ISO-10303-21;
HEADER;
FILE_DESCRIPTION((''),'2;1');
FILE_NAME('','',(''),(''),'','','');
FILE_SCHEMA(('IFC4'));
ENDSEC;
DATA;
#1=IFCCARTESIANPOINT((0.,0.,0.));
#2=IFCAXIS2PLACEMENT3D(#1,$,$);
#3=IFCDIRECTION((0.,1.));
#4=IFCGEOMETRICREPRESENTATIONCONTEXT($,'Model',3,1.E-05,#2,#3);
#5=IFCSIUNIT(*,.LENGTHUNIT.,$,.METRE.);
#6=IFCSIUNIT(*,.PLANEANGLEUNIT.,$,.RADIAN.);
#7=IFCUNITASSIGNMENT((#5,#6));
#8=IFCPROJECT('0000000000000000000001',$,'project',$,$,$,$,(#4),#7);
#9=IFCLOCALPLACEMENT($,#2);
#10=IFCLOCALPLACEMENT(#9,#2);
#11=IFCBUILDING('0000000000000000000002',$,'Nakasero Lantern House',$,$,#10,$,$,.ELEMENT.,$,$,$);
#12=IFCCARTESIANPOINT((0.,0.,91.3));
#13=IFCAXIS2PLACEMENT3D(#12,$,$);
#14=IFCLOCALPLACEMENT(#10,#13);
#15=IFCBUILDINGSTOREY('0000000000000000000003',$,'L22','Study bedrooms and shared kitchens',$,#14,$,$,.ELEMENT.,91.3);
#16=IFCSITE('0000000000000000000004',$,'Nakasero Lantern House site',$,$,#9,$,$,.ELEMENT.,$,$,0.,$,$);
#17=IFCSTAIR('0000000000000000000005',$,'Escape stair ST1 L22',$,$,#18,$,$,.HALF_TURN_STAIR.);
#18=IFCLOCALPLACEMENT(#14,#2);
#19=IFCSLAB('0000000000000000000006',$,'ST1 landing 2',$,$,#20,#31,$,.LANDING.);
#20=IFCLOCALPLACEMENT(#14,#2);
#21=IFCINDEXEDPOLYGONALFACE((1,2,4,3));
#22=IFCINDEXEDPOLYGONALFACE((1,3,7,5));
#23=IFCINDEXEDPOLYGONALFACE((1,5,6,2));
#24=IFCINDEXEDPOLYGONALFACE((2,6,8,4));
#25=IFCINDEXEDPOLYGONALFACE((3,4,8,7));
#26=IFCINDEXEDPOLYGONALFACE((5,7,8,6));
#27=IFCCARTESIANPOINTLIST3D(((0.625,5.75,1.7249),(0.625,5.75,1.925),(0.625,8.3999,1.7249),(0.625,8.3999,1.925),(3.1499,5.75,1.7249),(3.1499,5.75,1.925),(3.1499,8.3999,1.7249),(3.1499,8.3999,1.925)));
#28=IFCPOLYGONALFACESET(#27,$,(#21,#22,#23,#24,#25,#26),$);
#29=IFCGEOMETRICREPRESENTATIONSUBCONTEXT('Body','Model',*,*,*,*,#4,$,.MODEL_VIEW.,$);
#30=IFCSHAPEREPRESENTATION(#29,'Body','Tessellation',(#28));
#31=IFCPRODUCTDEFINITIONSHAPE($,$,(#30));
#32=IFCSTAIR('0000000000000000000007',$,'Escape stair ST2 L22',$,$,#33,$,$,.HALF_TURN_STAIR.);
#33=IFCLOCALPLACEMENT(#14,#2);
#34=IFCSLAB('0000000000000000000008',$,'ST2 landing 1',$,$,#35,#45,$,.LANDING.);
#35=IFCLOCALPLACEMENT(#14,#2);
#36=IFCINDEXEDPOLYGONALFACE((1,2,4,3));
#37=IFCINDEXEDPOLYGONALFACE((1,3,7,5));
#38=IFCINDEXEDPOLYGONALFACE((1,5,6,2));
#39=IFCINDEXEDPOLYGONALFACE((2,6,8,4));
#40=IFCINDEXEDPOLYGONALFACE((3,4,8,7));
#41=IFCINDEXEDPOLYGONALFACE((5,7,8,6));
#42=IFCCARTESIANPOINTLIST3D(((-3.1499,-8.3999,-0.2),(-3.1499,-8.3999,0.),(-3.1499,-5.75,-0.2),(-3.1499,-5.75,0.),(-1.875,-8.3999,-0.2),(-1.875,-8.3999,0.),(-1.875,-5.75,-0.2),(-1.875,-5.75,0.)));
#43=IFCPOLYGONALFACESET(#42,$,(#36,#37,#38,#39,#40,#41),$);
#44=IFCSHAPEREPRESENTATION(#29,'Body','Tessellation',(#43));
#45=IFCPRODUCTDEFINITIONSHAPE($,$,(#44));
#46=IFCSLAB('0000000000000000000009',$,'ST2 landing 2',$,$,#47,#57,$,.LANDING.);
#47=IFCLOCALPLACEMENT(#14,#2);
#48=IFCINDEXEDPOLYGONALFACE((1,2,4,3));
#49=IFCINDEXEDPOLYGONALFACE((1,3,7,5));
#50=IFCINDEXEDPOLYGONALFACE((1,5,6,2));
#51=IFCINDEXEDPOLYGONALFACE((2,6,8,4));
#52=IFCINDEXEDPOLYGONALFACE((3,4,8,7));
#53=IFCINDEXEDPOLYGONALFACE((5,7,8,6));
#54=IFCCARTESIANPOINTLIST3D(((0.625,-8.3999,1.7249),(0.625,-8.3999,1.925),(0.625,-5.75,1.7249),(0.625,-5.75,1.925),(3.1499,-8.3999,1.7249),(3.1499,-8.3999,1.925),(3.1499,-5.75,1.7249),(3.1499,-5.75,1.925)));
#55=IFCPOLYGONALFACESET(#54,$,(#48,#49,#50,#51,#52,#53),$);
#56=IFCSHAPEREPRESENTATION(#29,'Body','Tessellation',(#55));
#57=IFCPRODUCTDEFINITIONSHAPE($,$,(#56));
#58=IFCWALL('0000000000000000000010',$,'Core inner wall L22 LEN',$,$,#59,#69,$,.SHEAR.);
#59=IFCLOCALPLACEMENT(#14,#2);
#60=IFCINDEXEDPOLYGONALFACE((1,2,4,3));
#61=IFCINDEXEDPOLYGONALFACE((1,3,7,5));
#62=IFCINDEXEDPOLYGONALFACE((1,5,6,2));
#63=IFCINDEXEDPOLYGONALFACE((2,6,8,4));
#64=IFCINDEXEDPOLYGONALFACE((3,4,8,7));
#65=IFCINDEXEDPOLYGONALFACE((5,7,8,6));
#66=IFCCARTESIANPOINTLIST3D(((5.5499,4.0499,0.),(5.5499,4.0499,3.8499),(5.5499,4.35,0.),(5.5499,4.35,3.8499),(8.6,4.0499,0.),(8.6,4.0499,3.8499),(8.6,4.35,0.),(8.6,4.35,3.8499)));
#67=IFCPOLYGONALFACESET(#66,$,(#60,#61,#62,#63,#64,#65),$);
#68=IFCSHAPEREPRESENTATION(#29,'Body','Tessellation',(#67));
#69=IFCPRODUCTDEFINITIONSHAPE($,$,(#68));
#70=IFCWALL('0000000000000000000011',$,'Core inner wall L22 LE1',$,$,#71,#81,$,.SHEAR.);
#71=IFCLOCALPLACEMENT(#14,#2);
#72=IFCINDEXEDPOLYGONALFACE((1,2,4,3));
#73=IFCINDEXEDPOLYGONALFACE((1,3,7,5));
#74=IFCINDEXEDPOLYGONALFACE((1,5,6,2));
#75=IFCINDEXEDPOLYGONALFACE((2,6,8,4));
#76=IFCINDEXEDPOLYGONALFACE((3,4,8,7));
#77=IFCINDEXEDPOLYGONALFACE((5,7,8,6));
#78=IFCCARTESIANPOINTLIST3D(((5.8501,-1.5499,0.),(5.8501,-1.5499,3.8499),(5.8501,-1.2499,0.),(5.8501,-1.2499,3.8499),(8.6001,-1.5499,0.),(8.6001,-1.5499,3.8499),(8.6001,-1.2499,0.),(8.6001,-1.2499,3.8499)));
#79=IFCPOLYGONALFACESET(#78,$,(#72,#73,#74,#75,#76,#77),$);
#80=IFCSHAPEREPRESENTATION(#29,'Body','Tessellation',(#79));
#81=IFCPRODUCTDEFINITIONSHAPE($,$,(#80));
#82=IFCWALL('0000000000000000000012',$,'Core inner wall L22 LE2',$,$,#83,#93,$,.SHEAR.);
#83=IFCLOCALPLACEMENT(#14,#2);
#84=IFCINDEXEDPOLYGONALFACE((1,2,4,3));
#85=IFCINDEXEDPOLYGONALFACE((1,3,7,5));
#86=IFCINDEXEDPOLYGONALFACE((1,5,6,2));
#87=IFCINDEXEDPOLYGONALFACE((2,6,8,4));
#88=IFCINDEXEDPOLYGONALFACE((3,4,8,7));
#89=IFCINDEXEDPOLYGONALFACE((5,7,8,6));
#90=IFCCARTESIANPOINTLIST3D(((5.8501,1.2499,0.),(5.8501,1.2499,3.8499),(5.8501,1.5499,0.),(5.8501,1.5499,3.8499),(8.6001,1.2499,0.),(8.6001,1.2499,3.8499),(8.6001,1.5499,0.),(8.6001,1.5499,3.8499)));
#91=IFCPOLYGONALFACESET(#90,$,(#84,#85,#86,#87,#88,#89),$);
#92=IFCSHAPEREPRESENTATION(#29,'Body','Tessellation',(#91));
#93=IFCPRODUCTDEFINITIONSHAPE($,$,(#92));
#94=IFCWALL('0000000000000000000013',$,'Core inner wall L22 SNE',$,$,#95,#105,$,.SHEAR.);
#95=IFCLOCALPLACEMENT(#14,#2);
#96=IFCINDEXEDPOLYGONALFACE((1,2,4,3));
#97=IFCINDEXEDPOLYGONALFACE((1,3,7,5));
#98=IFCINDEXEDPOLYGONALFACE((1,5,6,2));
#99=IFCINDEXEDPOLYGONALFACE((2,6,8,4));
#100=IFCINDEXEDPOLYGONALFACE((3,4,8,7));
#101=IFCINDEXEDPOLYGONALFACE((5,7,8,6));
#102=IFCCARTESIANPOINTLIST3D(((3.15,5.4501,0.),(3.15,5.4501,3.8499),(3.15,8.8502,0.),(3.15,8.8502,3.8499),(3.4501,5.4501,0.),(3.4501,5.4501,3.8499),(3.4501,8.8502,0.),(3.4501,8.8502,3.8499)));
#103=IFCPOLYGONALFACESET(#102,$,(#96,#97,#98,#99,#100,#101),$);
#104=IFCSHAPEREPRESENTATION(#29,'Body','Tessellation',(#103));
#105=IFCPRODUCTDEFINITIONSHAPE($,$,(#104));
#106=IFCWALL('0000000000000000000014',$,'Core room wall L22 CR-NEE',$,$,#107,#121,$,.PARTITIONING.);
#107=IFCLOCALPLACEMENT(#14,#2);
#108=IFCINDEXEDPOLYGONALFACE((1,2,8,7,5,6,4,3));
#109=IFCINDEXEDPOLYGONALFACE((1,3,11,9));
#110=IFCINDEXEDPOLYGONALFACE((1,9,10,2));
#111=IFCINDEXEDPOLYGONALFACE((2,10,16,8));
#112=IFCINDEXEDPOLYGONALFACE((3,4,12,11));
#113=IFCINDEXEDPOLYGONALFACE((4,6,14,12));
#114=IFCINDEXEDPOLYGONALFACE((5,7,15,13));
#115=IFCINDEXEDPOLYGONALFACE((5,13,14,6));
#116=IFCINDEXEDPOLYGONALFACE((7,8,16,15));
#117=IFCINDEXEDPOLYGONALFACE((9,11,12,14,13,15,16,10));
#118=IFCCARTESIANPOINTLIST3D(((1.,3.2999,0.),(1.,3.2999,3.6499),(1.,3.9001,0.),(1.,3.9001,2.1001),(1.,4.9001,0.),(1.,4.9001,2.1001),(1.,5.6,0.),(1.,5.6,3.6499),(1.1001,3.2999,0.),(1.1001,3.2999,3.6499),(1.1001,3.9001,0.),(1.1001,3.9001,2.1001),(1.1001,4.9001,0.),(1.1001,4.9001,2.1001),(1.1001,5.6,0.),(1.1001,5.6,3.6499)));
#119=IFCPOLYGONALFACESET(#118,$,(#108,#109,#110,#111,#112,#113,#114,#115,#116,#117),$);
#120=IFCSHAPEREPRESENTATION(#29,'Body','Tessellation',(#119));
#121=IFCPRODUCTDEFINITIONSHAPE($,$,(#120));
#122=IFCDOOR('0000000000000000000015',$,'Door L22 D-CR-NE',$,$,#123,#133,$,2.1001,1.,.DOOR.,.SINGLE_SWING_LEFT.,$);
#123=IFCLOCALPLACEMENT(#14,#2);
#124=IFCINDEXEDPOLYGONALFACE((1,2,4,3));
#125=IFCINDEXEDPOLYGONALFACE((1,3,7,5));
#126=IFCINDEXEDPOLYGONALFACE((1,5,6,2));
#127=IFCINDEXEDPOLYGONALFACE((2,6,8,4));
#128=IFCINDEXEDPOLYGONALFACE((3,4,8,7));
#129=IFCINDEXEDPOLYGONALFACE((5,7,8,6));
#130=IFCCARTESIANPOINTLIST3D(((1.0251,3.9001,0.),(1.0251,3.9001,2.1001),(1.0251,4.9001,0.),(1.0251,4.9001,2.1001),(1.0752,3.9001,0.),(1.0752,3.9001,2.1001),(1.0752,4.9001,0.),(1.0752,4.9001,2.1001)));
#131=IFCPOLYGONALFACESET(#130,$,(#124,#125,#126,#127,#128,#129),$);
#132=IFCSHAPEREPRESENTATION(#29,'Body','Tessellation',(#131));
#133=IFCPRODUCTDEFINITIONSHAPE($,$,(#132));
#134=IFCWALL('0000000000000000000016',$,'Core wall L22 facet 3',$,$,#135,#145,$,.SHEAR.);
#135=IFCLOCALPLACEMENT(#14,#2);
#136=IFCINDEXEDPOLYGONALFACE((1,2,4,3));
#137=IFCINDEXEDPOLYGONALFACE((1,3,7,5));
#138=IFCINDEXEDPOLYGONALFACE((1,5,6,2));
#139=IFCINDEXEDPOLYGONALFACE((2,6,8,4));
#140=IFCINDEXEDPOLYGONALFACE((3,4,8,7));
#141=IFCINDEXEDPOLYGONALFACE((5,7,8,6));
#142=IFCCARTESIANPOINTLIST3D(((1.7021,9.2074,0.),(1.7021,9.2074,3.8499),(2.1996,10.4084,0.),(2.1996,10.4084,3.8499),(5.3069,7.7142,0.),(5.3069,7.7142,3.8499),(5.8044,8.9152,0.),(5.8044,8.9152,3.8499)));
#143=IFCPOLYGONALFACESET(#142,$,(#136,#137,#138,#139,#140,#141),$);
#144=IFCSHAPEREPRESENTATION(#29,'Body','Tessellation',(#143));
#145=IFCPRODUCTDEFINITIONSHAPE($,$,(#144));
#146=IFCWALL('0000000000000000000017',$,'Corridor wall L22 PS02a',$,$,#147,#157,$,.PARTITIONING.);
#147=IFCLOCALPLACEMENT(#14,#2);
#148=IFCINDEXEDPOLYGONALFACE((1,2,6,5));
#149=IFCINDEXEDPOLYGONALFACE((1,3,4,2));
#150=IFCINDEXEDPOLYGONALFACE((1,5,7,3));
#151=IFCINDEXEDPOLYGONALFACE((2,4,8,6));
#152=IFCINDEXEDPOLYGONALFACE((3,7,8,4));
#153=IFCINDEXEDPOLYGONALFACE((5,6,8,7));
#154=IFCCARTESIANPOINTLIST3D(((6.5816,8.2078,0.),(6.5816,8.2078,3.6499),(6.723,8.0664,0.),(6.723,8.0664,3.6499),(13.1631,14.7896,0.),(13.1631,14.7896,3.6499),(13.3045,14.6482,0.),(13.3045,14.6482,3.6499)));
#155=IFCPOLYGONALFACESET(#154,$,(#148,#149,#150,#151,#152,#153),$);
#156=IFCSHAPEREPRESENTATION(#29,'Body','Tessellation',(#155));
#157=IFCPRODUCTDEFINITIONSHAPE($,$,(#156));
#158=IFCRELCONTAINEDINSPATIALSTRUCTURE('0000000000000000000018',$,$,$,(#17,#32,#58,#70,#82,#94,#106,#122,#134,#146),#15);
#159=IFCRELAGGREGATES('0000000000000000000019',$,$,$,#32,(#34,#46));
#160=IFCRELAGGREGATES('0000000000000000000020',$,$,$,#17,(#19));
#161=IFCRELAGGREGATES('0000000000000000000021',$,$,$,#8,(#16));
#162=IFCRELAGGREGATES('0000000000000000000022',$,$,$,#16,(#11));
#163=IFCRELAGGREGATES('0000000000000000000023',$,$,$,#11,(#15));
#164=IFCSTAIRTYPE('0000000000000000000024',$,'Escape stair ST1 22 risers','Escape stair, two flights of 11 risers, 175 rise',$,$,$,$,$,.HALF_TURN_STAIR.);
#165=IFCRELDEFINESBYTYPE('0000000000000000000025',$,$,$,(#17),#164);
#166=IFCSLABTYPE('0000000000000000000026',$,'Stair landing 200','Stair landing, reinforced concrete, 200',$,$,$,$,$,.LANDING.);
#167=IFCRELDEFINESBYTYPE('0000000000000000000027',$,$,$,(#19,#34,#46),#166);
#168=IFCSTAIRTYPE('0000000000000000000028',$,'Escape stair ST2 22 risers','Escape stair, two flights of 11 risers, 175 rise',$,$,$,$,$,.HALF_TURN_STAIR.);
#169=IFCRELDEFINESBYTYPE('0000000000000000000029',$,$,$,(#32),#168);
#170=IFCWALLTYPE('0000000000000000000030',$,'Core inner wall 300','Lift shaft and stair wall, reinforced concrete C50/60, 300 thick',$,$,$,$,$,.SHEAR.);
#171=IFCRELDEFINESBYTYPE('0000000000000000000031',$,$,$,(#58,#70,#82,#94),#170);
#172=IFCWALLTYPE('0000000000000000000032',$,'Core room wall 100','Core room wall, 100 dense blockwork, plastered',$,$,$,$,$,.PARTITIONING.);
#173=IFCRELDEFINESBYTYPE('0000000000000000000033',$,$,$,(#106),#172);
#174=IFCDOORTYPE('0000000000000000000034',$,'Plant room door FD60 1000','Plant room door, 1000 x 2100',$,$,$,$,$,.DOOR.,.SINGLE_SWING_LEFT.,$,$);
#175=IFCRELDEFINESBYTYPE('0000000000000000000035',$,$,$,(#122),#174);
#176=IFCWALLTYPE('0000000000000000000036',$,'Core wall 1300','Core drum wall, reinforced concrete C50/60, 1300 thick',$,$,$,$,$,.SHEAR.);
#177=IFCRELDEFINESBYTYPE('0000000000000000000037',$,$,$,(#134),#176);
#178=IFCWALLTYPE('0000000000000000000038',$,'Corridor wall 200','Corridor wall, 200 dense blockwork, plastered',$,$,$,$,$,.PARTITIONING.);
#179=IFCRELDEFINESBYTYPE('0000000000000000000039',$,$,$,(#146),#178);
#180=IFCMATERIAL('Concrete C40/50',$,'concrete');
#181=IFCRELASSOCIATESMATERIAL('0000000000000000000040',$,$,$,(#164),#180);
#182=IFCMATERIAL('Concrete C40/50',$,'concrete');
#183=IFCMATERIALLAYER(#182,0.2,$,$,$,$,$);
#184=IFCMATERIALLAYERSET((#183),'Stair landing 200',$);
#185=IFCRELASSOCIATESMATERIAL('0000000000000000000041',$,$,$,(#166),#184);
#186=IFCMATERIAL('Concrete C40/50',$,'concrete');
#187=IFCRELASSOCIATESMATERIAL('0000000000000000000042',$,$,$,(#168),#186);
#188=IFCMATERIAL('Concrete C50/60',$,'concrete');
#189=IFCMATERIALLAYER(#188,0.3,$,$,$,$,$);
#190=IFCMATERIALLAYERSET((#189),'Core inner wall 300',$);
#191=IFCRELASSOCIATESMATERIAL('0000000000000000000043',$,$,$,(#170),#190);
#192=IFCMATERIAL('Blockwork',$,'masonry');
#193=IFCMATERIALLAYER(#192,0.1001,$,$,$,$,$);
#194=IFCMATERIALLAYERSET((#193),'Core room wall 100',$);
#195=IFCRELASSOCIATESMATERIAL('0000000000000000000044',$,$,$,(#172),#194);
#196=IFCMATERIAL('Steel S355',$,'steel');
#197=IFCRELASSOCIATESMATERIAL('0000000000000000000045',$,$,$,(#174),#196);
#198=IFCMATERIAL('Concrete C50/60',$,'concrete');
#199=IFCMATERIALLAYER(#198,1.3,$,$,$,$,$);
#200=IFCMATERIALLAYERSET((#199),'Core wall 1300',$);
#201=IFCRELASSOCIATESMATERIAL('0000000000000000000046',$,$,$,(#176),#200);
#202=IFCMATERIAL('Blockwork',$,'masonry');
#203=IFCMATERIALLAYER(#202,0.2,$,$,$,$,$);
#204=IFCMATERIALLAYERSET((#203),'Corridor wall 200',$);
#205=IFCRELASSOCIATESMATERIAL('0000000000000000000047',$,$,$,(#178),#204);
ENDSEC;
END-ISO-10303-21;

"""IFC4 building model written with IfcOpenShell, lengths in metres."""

from ifc_helpers import new_model, si_unit, direction, frame, frame_2d, origin, place, context, subcontext, project, spatial, polyline, rectangle, outline, extrude, material, layer, layer_set, type_object, element, fill, aggregate, save


model = new_model("IFC4")

# Units and contexts
model_context = context("Model", 3, precision=1e-05, world=origin(), true_north=direction((0.0, 1.0)))
body_context = subcontext(model_context, "Body", "Model", "MODEL_VIEW")
ifc_project = project(units=[si_unit("LENGTHUNIT", "METRE"), si_unit("PLANEANGLEUNIT", "RADIAN")], contexts=[model_context])

# Site, building, storey
site_placement = place(None, origin())
site = spatial("IfcSite", under=ifc_project, at=site_placement, Name="Nakasero Lantern House site", CompositionType="ELEMENT", RefElevation=0.0)
building_placement = place(site_placement, origin())
building = spatial("IfcBuilding", under=site, at=building_placement, Name="Nakasero Lantern House", CompositionType="ELEMENT")
storey_placement = place(building_placement, frame((0.0, 0.0, 91.3)))
storey = spatial("IfcBuildingStorey", under=building, at=storey_placement, Name="L22", Description="Study bedrooms and shared kitchens", CompositionType="ELEMENT", Elevation=91.3)

# Stairs, slabs
ifc_material_1 = material(Name="Concrete C40/50", Category="concrete")
stair_type_1 = type_object("IfcStairType", Name="Escape stair ST1 22 risers", Description="Escape stair, two flights of 11 risers, 175 rise", PredefinedType="HALF_TURN_STAIR", material=ifc_material_1)
stair_1_placement = place(storey_placement, origin())
stair_1 = element("IfcStair", 1, at=stair_1_placement, inside=storey, type_object=stair_type_1, Name="Escape stair ST1 L22", PredefinedType="HALF_TURN_STAIR")
ifc_material_2 = material(Name="Concrete C40/50", Category="concrete")
ifc_layer_1 = layer(ifc_material_2, 0.2)
ifc_layer_set_1 = layer_set([ifc_layer_1], Name="Stair landing 200")
slab_type_1 = type_object("IfcSlabType", Name="Stair landing 200", Description="Stair landing, reinforced concrete, 200", PredefinedType="LANDING", material=ifc_layer_set_1)
slab_1_placement = place(storey_placement, frame((0.0, 0.0, 1.7249)))
slab_1 = element("IfcSlab", 2, at=slab_1_placement, type_object=slab_type_1, Name="ST1 landing 2", PredefinedType="LANDING", context=body_context, shape_type="SweptSolid", body=[
    extrude(outline(polyline([(0.625, 5.75), (3.1499, 5.75), (3.1499, 8.3999), (0.625, 8.3999), (0.625, 5.75)])), origin(), (0.0, 0.0, 1.0), 0.2002),
])
ifc_material_3 = material(Name="Concrete C40/50", Category="concrete")
stair_type_2 = type_object("IfcStairType", Name="Escape stair ST2 22 risers", Description="Escape stair, two flights of 11 risers, 175 rise", PredefinedType="HALF_TURN_STAIR", material=ifc_material_3)
stair_2_placement = place(storey_placement, origin())
stair_2 = element("IfcStair", 3, at=stair_2_placement, inside=storey, type_object=stair_type_2, Name="Escape stair ST2 L22", PredefinedType="HALF_TURN_STAIR")
slab_2_placement = place(storey_placement, frame((0.0, 0.0, -0.2)))
slab_2 = element("IfcSlab", 4, at=slab_2_placement, type_object=slab_type_1, Name="ST2 landing 1", PredefinedType="LANDING", context=body_context, shape_type="SweptSolid", body=[
    extrude(outline(polyline([(-3.1499, -8.3999), (-1.875, -8.3999), (-1.875, -5.75), (-3.1499, -5.75), (-3.1499, -8.3999)])), origin(), (0.0, 0.0, 1.0), 0.2),
])
slab_3_placement = place(storey_placement, frame((0.0, 0.0, 1.7249)))
slab_3 = element("IfcSlab", 5, at=slab_3_placement, type_object=slab_type_1, Name="ST2 landing 2", PredefinedType="LANDING", context=body_context, shape_type="SweptSolid", body=[
    extrude(outline(polyline([(0.625, -8.3999), (3.1499, -8.3999), (3.1499, -5.75), (0.625, -5.75), (0.625, -8.3999)])), origin(), (0.0, 0.0, 1.0), 0.2002),
])
aggregate(stair_2, [slab_2, slab_3])

# Walls
ifc_material_4 = material(Name="Concrete C50/60", Category="concrete")
ifc_layer_2 = layer(ifc_material_4, 0.3)
ifc_layer_set_2 = layer_set([ifc_layer_2], Name="Core inner wall 300")
wall_type_1 = type_object("IfcWallType", Name="Core inner wall 300", Description="Lift shaft and stair wall, reinforced concrete C50/60, 300 thick", PredefinedType="SHEAR", material=ifc_layer_set_2)
wall_1_placement = place(storey_placement, frame((5.55, 4.2, 0.0), z_axis=(0.0, 0.0, 1.0), x_axis=(1.0, 0.0, 0.0)))
element("IfcWall", 6, at=wall_1_placement, inside=storey, type_object=wall_type_1, Name="Core inner wall L22 LEN", PredefinedType="SHEAR", context=body_context, shape_type="SweptSolid", body=[
    extrude(rectangle(XDim=3.05, YDim=0.3, at=frame_2d((1.5249, 0.0))), origin(), (0.0, 0.0, 1.0), 3.8499),
])
for number, where, z_axis, x_axis, name in (
    (7, (5.8501, -1.3999, 0.0), (0.0, 0.0, 1.0), (1.0, 0.0, 0.0), "Core inner wall L22 LE1"),
    (8, (5.8501, 1.3999, 0.0), (0.0, 0.0, 1.0), (1.0, 0.0, 0.0), "Core inner wall L22 LE2"),
):
    element("IfcWall", number, at=place(storey_placement, frame(where, z_axis=z_axis, x_axis=x_axis)), inside=storey, type_object=wall_type_1, Name=name, PredefinedType="SHEAR", context=body_context, shape_type="SweptSolid", body=[
        extrude(rectangle(XDim=2.75, YDim=0.3, at=frame_2d((1.375, 0.0))), origin(), (0.0, 0.0, 1.0), 3.8499),
    ])
wall_2_placement = place(storey_placement, frame((3.3, 5.45, 0.0), z_axis=(0.0, 0.0, 1.0), x_axis=(0.0, 1.0, 0.0)))
element("IfcWall", 9, at=wall_2_placement, inside=storey, type_object=wall_type_1, Name="Core inner wall L22 SNE", PredefinedType="SHEAR", context=body_context, shape_type="SweptSolid", body=[
    extrude(rectangle(XDim=3.4001, YDim=0.3, at=frame_2d((1.7002, 0.0))), origin(), (0.0, 0.0, 1.0), 3.8499),
])

# Wall, opening, door
ifc_material_5 = material(Name="Blockwork", Category="masonry")
ifc_layer_3 = layer(ifc_material_5, 0.1001)
ifc_layer_set_3 = layer_set([ifc_layer_3], Name="Core room wall 100")
wall_type_2 = type_object("IfcWallType", Name="Core room wall 100", Description="Core room wall, 100 dense blockwork, plastered", PredefinedType="PARTITIONING", material=ifc_layer_set_3)
wall_3_placement = place(storey_placement, frame((1.05, 3.3, 0.0), z_axis=(0.0, 0.0, 1.0), x_axis=(0.0, 1.0, 0.0)))
wall_3 = element("IfcWall", 10, at=wall_3_placement, inside=storey, type_object=wall_type_2, Name="Core room wall L22 CR-NEE", PredefinedType="PARTITIONING", context=body_context, shape_type="SweptSolid", body=[
    extrude(rectangle(XDim=2.3, YDim=0.1001, at=frame_2d((1.1499, 0.0))), origin(), (0.0, 0.0, 1.0), 3.6499),
])
opening_1_placement = place(wall_3_placement, frame((0.6001, 0.0, 0.0)))
opening_1 = element("IfcOpeningElement", 11, at=opening_1_placement, cuts=wall_3, PredefinedType="OPENING", context=body_context, shape_type="SweptSolid", body=[
    extrude(rectangle(XDim=1.0, YDim=2.1001, at=frame_2d((0.5, 1.05))), frame((0.0, 0.0701, 0.0), z_axis=(0.0, -1.0, 0.0), x_axis=(1.0, 0.0, 0.0)), (0.0, 0.0, 1.0), 0.1401),
])
ifc_material_6 = material(Name="Steel S355", Category="steel")
door_type_1 = type_object("IfcDoorType", Name="Plant room door FD60 1000", Description="Plant room door, 1000 x 2100", OperationType="SINGLE_SWING_LEFT", PredefinedType="DOOR", material=ifc_material_6)
door_1_placement = place(opening_1_placement, origin())
door_1 = element("IfcDoor", 12, at=door_1_placement, inside=storey, type_object=door_type_1, Name="Door L22 D-CR-NE", OperationType="SINGLE_SWING_LEFT", OverallHeight=2.1001, OverallWidth=1.0, PredefinedType="DOOR", context=body_context, shape_type="SweptSolid", body=[
    extrude(rectangle(XDim=1.0, YDim=2.1001, at=frame_2d((0.5, 1.05))), frame((0.0, 0.0249, 0.0), z_axis=(0.0, -1.0, 0.0), x_axis=(1.0, 0.0, 0.0)), (0.0, 0.0, 1.0), 0.05),
])
fill(opening_1, door_1)

# Walls
ifc_material_7 = material(Name="Concrete C50/60", Category="concrete")
ifc_layer_4 = layer(ifc_material_7, 1.3)
ifc_layer_set_4 = layer_set([ifc_layer_4], Name="Core wall 1300")
wall_type_3 = type_object("IfcWallType", Name="Core wall 1300", Description="Core drum wall, reinforced concrete C50/60, 1300 thick", PredefinedType="SHEAR", material=ifc_layer_set_4)
wall_4_placement = place(storey_placement, frame((5.5557, 8.3147, 0.0), z_axis=(0.0, 0.0, 1.0), x_axis=(-0.923877, 0.382691, 0.0)))
element("IfcWall", 13, at=wall_4_placement, inside=storey, type_object=wall_type_3, Name="Core wall L22 facet 3", PredefinedType="SHEAR", context=body_context, shape_type="SweptSolid", body=[
    extrude(rectangle(XDim=3.9019, YDim=1.3, at=frame_2d((1.9509, 0.0))), origin(), (0.0, 0.0, 1.0), 3.8499),
])
ifc_material_8 = material(Name="Blockwork", Category="masonry")
ifc_layer_5 = layer(ifc_material_8, 0.2)
ifc_layer_set_5 = layer_set([ifc_layer_5], Name="Corridor wall 200")
wall_type_4 = type_object("IfcWallType", Name="Corridor wall 200", Description="Corridor wall, 200 dense blockwork, plastered", PredefinedType="PARTITIONING", material=ifc_layer_set_5)
wall_5_placement = place(storey_placement, frame((6.6523, 8.1372, 0.0), z_axis=(0.0, 0.0, 1.0), x_axis=(0.707094, 0.70712, 0.0)))
element("IfcWall", 14, at=wall_5_placement, inside=storey, type_object=wall_type_4, Name="Corridor wall L22 PS02a", PredefinedType="PARTITIONING", context=body_context, shape_type="SweptSolid", body=[
    extrude(rectangle(XDim=9.3079, YDim=0.2, at=frame_2d((4.6538, 0.0))), origin(), (0.0, 0.0, 1.0), 3.6499),
])

aggregate(stair_1, [slab_1])

save(model, "model.ifc")
